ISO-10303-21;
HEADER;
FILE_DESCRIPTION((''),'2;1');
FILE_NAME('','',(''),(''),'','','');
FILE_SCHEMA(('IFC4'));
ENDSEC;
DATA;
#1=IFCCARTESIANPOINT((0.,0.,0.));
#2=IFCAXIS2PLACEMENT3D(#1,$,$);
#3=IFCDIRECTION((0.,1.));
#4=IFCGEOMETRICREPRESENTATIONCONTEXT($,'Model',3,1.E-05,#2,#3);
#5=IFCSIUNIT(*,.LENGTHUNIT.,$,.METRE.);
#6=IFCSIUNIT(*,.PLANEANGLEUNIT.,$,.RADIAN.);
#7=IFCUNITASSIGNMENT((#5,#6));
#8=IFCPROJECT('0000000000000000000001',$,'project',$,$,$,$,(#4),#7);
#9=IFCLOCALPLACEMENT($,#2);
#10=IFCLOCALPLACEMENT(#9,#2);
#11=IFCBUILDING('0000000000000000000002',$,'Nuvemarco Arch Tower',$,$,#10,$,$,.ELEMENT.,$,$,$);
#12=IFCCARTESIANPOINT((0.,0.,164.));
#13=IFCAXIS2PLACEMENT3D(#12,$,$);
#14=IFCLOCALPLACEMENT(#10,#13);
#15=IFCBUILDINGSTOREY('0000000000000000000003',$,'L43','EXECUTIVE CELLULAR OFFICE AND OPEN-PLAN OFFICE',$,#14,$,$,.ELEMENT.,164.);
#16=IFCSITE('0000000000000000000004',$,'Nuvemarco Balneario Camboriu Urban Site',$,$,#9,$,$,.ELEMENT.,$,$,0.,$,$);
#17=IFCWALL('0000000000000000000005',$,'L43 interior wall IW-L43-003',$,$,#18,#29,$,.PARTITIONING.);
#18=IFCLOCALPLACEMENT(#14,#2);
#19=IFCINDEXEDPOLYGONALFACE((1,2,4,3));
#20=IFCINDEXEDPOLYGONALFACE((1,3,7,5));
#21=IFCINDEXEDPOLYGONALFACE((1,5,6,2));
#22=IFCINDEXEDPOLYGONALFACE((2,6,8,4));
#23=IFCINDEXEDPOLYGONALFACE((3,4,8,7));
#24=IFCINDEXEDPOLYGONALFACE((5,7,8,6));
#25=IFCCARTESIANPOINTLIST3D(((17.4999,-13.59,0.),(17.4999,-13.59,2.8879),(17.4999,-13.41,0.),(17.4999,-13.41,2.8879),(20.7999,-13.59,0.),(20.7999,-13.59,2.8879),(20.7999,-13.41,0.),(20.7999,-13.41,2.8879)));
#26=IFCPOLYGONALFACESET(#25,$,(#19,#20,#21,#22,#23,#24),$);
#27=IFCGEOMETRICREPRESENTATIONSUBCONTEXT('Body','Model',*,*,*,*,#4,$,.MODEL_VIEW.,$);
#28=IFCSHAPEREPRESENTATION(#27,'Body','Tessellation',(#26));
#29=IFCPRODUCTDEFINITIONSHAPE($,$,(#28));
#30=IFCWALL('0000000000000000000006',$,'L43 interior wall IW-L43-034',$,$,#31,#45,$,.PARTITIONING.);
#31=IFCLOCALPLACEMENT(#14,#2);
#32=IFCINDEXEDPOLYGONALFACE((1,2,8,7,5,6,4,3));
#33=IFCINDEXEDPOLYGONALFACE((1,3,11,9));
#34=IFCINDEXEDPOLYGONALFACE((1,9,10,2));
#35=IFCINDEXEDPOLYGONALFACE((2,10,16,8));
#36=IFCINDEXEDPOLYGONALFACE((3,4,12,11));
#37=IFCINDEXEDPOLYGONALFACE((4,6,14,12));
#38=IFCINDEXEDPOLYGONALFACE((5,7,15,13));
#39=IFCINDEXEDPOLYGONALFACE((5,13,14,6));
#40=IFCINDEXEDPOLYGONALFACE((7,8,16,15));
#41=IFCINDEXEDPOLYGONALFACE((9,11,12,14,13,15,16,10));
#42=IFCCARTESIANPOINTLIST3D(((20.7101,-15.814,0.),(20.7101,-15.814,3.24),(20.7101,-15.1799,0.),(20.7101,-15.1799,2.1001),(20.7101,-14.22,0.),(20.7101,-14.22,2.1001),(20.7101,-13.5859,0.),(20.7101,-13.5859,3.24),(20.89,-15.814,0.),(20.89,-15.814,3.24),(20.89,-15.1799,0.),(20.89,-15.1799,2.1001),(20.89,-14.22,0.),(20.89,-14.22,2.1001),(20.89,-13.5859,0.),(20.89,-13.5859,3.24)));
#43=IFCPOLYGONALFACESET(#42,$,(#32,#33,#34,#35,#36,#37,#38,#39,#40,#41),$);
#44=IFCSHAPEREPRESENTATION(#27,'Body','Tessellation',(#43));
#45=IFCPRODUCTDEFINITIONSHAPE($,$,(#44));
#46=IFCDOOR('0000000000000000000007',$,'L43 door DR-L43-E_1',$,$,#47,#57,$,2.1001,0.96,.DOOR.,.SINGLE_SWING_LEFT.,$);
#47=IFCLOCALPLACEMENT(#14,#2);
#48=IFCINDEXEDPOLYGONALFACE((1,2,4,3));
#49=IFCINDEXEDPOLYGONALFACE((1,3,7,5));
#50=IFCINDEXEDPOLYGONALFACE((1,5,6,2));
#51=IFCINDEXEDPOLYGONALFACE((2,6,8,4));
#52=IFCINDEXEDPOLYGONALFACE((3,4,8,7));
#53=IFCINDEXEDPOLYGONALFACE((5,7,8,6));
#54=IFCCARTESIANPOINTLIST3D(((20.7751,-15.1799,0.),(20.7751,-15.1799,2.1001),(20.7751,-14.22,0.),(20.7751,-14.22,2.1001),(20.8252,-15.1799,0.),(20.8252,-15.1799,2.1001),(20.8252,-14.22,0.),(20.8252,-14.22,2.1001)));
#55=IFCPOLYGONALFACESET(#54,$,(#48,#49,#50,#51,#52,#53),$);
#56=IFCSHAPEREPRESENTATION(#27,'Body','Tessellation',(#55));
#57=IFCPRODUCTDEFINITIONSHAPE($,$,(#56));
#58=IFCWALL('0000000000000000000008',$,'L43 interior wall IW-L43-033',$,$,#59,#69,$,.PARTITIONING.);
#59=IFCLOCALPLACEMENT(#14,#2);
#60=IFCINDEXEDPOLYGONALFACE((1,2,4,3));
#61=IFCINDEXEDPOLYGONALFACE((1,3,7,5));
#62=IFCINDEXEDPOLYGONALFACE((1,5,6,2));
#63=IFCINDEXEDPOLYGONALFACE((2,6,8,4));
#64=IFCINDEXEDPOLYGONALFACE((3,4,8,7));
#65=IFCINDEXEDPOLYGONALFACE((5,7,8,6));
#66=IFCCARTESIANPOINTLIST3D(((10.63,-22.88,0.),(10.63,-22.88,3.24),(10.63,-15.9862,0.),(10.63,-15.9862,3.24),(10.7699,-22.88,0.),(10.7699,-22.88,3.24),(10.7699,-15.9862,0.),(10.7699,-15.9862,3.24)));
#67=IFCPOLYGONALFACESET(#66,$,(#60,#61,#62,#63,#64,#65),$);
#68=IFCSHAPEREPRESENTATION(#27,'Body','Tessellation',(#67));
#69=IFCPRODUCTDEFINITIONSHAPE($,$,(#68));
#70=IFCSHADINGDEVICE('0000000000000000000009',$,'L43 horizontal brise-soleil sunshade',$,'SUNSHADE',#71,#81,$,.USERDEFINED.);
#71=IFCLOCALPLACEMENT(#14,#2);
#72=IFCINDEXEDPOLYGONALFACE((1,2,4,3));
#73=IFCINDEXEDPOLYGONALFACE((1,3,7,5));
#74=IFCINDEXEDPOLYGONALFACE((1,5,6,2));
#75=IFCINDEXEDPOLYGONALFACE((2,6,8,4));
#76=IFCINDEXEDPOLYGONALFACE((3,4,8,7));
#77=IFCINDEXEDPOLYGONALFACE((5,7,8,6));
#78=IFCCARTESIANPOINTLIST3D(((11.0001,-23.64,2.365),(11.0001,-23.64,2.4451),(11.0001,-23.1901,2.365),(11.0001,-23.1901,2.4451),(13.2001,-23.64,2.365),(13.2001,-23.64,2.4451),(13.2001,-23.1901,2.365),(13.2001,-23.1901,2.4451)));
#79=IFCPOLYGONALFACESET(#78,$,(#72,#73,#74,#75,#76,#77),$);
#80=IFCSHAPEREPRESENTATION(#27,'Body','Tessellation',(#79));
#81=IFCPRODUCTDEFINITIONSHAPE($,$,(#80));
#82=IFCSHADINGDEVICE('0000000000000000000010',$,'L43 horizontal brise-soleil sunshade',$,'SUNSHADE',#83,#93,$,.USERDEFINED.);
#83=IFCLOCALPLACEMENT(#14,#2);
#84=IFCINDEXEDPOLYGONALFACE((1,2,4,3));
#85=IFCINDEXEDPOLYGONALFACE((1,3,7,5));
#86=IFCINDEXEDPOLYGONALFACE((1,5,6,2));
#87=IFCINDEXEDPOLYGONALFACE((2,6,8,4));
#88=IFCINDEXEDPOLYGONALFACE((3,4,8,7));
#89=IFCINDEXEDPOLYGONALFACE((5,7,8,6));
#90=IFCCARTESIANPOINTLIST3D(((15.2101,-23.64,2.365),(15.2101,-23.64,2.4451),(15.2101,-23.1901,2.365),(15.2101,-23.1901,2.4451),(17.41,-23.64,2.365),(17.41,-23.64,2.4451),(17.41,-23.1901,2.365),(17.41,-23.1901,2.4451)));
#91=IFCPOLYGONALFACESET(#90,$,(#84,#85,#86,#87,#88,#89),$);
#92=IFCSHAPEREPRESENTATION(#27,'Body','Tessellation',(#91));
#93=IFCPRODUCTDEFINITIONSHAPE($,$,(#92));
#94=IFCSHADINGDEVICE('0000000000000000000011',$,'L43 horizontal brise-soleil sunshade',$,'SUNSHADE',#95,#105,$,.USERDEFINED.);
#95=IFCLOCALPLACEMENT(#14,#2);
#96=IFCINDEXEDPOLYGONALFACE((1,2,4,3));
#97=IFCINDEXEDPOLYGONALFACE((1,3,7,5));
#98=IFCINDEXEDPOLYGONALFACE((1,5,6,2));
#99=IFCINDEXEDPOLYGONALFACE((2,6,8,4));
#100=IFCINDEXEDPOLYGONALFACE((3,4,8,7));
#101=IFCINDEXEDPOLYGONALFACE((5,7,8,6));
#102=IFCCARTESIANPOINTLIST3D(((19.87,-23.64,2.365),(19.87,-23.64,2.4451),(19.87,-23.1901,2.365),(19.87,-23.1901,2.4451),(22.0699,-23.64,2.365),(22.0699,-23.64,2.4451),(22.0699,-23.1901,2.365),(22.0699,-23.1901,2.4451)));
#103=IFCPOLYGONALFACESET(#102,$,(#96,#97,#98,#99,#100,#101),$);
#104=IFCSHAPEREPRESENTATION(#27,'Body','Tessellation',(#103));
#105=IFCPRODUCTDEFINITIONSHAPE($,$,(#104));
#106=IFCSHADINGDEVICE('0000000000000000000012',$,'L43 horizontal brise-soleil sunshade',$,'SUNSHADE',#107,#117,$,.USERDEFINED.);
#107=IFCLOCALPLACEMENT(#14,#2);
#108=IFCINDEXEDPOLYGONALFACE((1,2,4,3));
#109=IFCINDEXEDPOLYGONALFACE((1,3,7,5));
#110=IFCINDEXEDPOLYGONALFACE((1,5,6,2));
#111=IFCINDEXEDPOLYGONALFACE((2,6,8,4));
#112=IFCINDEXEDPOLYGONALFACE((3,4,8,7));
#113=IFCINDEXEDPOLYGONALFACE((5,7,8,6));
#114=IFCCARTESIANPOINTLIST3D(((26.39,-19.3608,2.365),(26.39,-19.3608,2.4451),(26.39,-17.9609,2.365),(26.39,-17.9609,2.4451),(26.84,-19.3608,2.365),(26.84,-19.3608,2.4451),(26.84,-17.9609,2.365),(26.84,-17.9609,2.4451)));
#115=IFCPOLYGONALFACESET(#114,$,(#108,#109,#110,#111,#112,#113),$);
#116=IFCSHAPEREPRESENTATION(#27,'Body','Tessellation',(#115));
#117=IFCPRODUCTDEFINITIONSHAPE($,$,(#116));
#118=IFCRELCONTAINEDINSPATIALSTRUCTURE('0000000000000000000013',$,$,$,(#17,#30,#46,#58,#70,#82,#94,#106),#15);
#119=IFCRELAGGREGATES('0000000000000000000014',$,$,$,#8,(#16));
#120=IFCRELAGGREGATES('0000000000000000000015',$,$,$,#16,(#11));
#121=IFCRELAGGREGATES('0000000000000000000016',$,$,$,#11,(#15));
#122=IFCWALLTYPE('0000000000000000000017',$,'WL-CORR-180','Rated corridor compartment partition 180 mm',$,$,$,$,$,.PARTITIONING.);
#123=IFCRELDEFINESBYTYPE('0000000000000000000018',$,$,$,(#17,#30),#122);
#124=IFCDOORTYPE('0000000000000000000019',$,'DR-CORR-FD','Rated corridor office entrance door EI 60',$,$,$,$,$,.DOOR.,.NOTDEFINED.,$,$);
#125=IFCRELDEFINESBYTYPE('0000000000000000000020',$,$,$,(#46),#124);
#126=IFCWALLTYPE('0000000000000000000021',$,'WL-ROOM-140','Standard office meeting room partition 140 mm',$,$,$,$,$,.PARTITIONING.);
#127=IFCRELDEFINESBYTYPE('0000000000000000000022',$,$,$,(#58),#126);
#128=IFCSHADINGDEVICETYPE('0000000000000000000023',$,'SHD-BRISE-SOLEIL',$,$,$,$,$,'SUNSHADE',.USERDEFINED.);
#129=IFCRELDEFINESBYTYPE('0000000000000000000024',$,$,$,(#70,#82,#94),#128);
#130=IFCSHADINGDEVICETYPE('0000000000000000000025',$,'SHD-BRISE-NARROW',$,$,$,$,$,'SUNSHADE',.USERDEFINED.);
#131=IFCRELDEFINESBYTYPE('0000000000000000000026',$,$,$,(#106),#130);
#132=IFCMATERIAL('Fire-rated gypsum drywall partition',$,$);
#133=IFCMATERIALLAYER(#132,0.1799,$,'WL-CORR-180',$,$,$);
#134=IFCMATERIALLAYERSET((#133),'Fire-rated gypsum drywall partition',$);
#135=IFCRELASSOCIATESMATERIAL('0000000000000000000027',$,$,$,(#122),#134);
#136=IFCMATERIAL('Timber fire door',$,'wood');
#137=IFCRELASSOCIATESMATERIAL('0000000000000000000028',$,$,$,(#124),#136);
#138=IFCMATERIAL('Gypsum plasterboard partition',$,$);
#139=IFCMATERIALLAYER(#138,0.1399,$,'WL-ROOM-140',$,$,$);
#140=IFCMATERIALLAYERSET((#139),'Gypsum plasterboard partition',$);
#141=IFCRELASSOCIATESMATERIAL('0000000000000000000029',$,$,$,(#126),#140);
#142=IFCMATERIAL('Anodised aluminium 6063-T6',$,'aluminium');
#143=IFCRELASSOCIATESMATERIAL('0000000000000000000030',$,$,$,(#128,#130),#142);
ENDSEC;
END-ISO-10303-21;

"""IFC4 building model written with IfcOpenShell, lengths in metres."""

from ifc_helpers import new_model, si_unit, direction, frame, frame_2d, origin, origin_2d, place, context, subcontext, project, spatial, rectangle, extrude, source, transform, mapped, material, layer, layer_set, type_object, type_shapes, element, fill, save


model = new_model("IFC4")

# Units and contexts
model_context = context("Model", 3, precision=1e-05, world=origin(), true_north=direction((0.0, 1.0)))
body_context = subcontext(model_context, "Body", "Model", "MODEL_VIEW")
ifc_project = project(units=[si_unit("LENGTHUNIT", "METRE"), si_unit("PLANEANGLEUNIT", "RADIAN")], contexts=[model_context])

# Site, building, storey
site_placement = place(None, origin())
site = spatial("IfcSite", under=ifc_project, at=site_placement, Name="Nuvemarco Balneario Camboriu Urban Site", CompositionType="ELEMENT", RefElevation=0.0)
building_placement = place(site_placement, origin())
building = spatial("IfcBuilding", under=site, at=building_placement, Name="Nuvemarco Arch Tower", CompositionType="ELEMENT")
storey_placement = place(building_placement, frame((0.0, 0.0, 164.0)))
storey = spatial("IfcBuildingStorey", under=building, at=storey_placement, Name="L43", Description="EXECUTIVE CELLULAR OFFICE AND OPEN-PLAN OFFICE", CompositionType="ELEMENT", Elevation=164.0)

# Wall
ifc_material_1 = material(Name="Fire-rated gypsum drywall partition")
ifc_layer_1 = layer(ifc_material_1, 0.1799, Name="WL-CORR-180")
ifc_layer_set_1 = layer_set([ifc_layer_1], Name="Fire-rated gypsum drywall partition")
wall_type_1 = type_object("IfcWallType", Name="WL-CORR-180", Description="Rated corridor compartment partition 180 mm", PredefinedType="PARTITIONING", material=ifc_layer_set_1)
wall_1_placement = place(storey_placement, frame((17.5, -13.5, 0.0), z_axis=(0.0, 0.0, 1.0), x_axis=(1.0, 0.0, 0.0)))
element("IfcWall", 1, at=wall_1_placement, inside=storey, type_object=wall_type_1, Name="L43 interior wall IW-L43-003", PredefinedType="PARTITIONING", context=body_context, shape_type="SweptSolid", body=[
    extrude(rectangle(XDim=3.3, YDim=0.1799, at=frame_2d((1.6499, 0.0))), origin(), (0.0, 0.0, 1.0), 2.8879),
])

# Wall, opening, door
wall_2_placement = place(storey_placement, frame((20.8, -15.814, 0.0), z_axis=(0.0, 0.0, 1.0), x_axis=(0.0, 1.0, 0.0)))
wall_2 = element("IfcWall", 2, at=wall_2_placement, inside=storey, type_object=wall_type_1, Name="L43 interior wall IW-L43-034", PredefinedType="PARTITIONING", context=body_context, shape_type="SweptSolid", body=[
    extrude(rectangle(XDim=2.228, YDim=0.1799, at=frame_2d((1.114, 0.0))), origin(), (0.0, 0.0, 1.0), 3.24),
])
opening_1_placement = place(wall_2_placement, frame((0.634, 0.0, 0.0)))
opening_1 = element("IfcOpeningElement", 3, at=opening_1_placement, cuts=wall_2, PredefinedType="OPENING", context=body_context, shape_type="SweptSolid", body=[
    extrude(rectangle(XDim=0.96, YDim=2.1001, at=frame_2d((0.48, 1.05))), frame((0.0, 0.0999, 0.0), z_axis=(0.0, -1.0, 0.0), x_axis=(1.0, 0.0, 0.0)), (0.0, 0.0, 1.0), 0.2),
])
ifc_material_2 = material(Name="Timber fire door", Category="wood")
door_type = type_object("IfcDoorType", Name="DR-CORR-FD", Description="Rated corridor office entrance door EI 60", OperationType="NOTDEFINED", PredefinedType="DOOR", material=ifc_material_2)
shared_shape_1 = source(origin(), body_context, "Body", "SweptSolid", [
    extrude(rectangle(XDim=0.96, YDim=2.1001, at=frame_2d((0.48, 1.05))), frame((0.0, 0.0249, 0.0), z_axis=(0.0, -1.0, 0.0), x_axis=(1.0, 0.0, 0.0)), (0.0, 0.0, 1.0), 0.05),
])
type_shapes(door_type, [shared_shape_1])
door_placement = place(opening_1_placement, origin())
door = element("IfcDoor", 4, at=door_placement, inside=storey, type_object=door_type, Name="L43 door DR-L43-E_1", OperationType="SINGLE_SWING_LEFT", OverallHeight=2.1001, OverallWidth=0.96, PredefinedType="DOOR", context=body_context, shape_type="MappedRepresentation", body=[
    mapped(shared_shape_1, transform((0.0, 0.0, 0.0), scale=1.0)),
])
fill(opening_1, door)

# Wall
ifc_material_3 = material(Name="Gypsum plasterboard partition")
ifc_layer_2 = layer(ifc_material_3, 0.1399, Name="WL-ROOM-140")
ifc_layer_set_2 = layer_set([ifc_layer_2], Name="Gypsum plasterboard partition")
wall_type_2 = type_object("IfcWallType", Name="WL-ROOM-140", Description="Standard office meeting room partition 140 mm", PredefinedType="PARTITIONING", material=ifc_layer_set_2)
wall_3_placement = place(storey_placement, frame((10.7, -22.8799, 0.0), z_axis=(0.0, 0.0, 1.0), x_axis=(0.0, 1.0, 0.0)))
element("IfcWall", 5, at=wall_3_placement, inside=storey, type_object=wall_type_2, Name="L43 interior wall IW-L43-033", PredefinedType="PARTITIONING", context=body_context, shape_type="SweptSolid", body=[
    extrude(rectangle(XDim=6.8938, YDim=0.1399, at=frame_2d((3.4468, 0.0))), origin(), (0.0, 0.0, 1.0), 3.24),
])

# Shading devices
ifc_material_4 = material(Name="Anodised aluminium 6063-T6", Category="aluminium")
shading_device_type_1 = type_object("IfcShadingDeviceType", Name="SHD-BRISE-SOLEIL", ElementType="SUNSHADE", PredefinedType="USERDEFINED", material=ifc_material_4)
shared_shape_2 = source(origin(), body_context, "Body", "SweptSolid", [
    extrude(rectangle(XDim=2.2, YDim=0.45, at=origin_2d()), origin(), (0.0, 0.0, 1.0), 0.0801),
])
type_shapes(shading_device_type_1, [shared_shape_2])
for number, where, z_axis, x_axis, name in (
    (6, (12.1001, -23.415, 2.365), (0.0, 0.0, 1.0), (1.0, 0.0, 0.0), "L43 horizontal brise-soleil sunshade"),
    (7, (16.3101, -23.415, 2.365), (0.0, 0.0, 1.0), (1.0, 0.0, 0.0), "L43 horizontal brise-soleil sunshade"),
    (8, (20.97, -23.415, 2.365), (0.0, 0.0, 1.0), (1.0, 0.0, 0.0), "L43 horizontal brise-soleil sunshade"),
):
    element("IfcShadingDevice", number, at=place(storey_placement, frame(where, z_axis=z_axis, x_axis=x_axis)), inside=storey, type_object=shading_device_type_1, Name=name, ObjectType="SUNSHADE", PredefinedType="USERDEFINED", context=body_context, shape_type="MappedRepresentation", body=[
        mapped(shared_shape_2, transform((0.0, 0.0, 0.0), scale=1.0)),
    ])
shading_device_type_2 = type_object("IfcShadingDeviceType", Name="SHD-BRISE-NARROW", ElementType="SUNSHADE", PredefinedType="USERDEFINED", material=ifc_material_4)
shared_shape_3 = source(origin(), body_context, "Body", "SweptSolid", [
    extrude(rectangle(XDim=1.3999, YDim=0.45, at=origin_2d()), origin(), (0.0, 0.0, 1.0), 0.0801),
])
type_shapes(shading_device_type_2, [shared_shape_3])
shading_device_placement = place(storey_placement, frame((26.615, -18.6609, 2.365), z_axis=(0.0, 0.0, 1.0), x_axis=(0.0, 1.0, 0.0)))
element("IfcShadingDevice", 9, at=shading_device_placement, inside=storey, type_object=shading_device_type_2, Name="L43 horizontal brise-soleil sunshade", ObjectType="SUNSHADE", PredefinedType="USERDEFINED", context=body_context, shape_type="MappedRepresentation", body=[
    mapped(shared_shape_3, transform((0.0, 0.0, 0.0), scale=1.0)),
])

save(model, "model.ifc")
